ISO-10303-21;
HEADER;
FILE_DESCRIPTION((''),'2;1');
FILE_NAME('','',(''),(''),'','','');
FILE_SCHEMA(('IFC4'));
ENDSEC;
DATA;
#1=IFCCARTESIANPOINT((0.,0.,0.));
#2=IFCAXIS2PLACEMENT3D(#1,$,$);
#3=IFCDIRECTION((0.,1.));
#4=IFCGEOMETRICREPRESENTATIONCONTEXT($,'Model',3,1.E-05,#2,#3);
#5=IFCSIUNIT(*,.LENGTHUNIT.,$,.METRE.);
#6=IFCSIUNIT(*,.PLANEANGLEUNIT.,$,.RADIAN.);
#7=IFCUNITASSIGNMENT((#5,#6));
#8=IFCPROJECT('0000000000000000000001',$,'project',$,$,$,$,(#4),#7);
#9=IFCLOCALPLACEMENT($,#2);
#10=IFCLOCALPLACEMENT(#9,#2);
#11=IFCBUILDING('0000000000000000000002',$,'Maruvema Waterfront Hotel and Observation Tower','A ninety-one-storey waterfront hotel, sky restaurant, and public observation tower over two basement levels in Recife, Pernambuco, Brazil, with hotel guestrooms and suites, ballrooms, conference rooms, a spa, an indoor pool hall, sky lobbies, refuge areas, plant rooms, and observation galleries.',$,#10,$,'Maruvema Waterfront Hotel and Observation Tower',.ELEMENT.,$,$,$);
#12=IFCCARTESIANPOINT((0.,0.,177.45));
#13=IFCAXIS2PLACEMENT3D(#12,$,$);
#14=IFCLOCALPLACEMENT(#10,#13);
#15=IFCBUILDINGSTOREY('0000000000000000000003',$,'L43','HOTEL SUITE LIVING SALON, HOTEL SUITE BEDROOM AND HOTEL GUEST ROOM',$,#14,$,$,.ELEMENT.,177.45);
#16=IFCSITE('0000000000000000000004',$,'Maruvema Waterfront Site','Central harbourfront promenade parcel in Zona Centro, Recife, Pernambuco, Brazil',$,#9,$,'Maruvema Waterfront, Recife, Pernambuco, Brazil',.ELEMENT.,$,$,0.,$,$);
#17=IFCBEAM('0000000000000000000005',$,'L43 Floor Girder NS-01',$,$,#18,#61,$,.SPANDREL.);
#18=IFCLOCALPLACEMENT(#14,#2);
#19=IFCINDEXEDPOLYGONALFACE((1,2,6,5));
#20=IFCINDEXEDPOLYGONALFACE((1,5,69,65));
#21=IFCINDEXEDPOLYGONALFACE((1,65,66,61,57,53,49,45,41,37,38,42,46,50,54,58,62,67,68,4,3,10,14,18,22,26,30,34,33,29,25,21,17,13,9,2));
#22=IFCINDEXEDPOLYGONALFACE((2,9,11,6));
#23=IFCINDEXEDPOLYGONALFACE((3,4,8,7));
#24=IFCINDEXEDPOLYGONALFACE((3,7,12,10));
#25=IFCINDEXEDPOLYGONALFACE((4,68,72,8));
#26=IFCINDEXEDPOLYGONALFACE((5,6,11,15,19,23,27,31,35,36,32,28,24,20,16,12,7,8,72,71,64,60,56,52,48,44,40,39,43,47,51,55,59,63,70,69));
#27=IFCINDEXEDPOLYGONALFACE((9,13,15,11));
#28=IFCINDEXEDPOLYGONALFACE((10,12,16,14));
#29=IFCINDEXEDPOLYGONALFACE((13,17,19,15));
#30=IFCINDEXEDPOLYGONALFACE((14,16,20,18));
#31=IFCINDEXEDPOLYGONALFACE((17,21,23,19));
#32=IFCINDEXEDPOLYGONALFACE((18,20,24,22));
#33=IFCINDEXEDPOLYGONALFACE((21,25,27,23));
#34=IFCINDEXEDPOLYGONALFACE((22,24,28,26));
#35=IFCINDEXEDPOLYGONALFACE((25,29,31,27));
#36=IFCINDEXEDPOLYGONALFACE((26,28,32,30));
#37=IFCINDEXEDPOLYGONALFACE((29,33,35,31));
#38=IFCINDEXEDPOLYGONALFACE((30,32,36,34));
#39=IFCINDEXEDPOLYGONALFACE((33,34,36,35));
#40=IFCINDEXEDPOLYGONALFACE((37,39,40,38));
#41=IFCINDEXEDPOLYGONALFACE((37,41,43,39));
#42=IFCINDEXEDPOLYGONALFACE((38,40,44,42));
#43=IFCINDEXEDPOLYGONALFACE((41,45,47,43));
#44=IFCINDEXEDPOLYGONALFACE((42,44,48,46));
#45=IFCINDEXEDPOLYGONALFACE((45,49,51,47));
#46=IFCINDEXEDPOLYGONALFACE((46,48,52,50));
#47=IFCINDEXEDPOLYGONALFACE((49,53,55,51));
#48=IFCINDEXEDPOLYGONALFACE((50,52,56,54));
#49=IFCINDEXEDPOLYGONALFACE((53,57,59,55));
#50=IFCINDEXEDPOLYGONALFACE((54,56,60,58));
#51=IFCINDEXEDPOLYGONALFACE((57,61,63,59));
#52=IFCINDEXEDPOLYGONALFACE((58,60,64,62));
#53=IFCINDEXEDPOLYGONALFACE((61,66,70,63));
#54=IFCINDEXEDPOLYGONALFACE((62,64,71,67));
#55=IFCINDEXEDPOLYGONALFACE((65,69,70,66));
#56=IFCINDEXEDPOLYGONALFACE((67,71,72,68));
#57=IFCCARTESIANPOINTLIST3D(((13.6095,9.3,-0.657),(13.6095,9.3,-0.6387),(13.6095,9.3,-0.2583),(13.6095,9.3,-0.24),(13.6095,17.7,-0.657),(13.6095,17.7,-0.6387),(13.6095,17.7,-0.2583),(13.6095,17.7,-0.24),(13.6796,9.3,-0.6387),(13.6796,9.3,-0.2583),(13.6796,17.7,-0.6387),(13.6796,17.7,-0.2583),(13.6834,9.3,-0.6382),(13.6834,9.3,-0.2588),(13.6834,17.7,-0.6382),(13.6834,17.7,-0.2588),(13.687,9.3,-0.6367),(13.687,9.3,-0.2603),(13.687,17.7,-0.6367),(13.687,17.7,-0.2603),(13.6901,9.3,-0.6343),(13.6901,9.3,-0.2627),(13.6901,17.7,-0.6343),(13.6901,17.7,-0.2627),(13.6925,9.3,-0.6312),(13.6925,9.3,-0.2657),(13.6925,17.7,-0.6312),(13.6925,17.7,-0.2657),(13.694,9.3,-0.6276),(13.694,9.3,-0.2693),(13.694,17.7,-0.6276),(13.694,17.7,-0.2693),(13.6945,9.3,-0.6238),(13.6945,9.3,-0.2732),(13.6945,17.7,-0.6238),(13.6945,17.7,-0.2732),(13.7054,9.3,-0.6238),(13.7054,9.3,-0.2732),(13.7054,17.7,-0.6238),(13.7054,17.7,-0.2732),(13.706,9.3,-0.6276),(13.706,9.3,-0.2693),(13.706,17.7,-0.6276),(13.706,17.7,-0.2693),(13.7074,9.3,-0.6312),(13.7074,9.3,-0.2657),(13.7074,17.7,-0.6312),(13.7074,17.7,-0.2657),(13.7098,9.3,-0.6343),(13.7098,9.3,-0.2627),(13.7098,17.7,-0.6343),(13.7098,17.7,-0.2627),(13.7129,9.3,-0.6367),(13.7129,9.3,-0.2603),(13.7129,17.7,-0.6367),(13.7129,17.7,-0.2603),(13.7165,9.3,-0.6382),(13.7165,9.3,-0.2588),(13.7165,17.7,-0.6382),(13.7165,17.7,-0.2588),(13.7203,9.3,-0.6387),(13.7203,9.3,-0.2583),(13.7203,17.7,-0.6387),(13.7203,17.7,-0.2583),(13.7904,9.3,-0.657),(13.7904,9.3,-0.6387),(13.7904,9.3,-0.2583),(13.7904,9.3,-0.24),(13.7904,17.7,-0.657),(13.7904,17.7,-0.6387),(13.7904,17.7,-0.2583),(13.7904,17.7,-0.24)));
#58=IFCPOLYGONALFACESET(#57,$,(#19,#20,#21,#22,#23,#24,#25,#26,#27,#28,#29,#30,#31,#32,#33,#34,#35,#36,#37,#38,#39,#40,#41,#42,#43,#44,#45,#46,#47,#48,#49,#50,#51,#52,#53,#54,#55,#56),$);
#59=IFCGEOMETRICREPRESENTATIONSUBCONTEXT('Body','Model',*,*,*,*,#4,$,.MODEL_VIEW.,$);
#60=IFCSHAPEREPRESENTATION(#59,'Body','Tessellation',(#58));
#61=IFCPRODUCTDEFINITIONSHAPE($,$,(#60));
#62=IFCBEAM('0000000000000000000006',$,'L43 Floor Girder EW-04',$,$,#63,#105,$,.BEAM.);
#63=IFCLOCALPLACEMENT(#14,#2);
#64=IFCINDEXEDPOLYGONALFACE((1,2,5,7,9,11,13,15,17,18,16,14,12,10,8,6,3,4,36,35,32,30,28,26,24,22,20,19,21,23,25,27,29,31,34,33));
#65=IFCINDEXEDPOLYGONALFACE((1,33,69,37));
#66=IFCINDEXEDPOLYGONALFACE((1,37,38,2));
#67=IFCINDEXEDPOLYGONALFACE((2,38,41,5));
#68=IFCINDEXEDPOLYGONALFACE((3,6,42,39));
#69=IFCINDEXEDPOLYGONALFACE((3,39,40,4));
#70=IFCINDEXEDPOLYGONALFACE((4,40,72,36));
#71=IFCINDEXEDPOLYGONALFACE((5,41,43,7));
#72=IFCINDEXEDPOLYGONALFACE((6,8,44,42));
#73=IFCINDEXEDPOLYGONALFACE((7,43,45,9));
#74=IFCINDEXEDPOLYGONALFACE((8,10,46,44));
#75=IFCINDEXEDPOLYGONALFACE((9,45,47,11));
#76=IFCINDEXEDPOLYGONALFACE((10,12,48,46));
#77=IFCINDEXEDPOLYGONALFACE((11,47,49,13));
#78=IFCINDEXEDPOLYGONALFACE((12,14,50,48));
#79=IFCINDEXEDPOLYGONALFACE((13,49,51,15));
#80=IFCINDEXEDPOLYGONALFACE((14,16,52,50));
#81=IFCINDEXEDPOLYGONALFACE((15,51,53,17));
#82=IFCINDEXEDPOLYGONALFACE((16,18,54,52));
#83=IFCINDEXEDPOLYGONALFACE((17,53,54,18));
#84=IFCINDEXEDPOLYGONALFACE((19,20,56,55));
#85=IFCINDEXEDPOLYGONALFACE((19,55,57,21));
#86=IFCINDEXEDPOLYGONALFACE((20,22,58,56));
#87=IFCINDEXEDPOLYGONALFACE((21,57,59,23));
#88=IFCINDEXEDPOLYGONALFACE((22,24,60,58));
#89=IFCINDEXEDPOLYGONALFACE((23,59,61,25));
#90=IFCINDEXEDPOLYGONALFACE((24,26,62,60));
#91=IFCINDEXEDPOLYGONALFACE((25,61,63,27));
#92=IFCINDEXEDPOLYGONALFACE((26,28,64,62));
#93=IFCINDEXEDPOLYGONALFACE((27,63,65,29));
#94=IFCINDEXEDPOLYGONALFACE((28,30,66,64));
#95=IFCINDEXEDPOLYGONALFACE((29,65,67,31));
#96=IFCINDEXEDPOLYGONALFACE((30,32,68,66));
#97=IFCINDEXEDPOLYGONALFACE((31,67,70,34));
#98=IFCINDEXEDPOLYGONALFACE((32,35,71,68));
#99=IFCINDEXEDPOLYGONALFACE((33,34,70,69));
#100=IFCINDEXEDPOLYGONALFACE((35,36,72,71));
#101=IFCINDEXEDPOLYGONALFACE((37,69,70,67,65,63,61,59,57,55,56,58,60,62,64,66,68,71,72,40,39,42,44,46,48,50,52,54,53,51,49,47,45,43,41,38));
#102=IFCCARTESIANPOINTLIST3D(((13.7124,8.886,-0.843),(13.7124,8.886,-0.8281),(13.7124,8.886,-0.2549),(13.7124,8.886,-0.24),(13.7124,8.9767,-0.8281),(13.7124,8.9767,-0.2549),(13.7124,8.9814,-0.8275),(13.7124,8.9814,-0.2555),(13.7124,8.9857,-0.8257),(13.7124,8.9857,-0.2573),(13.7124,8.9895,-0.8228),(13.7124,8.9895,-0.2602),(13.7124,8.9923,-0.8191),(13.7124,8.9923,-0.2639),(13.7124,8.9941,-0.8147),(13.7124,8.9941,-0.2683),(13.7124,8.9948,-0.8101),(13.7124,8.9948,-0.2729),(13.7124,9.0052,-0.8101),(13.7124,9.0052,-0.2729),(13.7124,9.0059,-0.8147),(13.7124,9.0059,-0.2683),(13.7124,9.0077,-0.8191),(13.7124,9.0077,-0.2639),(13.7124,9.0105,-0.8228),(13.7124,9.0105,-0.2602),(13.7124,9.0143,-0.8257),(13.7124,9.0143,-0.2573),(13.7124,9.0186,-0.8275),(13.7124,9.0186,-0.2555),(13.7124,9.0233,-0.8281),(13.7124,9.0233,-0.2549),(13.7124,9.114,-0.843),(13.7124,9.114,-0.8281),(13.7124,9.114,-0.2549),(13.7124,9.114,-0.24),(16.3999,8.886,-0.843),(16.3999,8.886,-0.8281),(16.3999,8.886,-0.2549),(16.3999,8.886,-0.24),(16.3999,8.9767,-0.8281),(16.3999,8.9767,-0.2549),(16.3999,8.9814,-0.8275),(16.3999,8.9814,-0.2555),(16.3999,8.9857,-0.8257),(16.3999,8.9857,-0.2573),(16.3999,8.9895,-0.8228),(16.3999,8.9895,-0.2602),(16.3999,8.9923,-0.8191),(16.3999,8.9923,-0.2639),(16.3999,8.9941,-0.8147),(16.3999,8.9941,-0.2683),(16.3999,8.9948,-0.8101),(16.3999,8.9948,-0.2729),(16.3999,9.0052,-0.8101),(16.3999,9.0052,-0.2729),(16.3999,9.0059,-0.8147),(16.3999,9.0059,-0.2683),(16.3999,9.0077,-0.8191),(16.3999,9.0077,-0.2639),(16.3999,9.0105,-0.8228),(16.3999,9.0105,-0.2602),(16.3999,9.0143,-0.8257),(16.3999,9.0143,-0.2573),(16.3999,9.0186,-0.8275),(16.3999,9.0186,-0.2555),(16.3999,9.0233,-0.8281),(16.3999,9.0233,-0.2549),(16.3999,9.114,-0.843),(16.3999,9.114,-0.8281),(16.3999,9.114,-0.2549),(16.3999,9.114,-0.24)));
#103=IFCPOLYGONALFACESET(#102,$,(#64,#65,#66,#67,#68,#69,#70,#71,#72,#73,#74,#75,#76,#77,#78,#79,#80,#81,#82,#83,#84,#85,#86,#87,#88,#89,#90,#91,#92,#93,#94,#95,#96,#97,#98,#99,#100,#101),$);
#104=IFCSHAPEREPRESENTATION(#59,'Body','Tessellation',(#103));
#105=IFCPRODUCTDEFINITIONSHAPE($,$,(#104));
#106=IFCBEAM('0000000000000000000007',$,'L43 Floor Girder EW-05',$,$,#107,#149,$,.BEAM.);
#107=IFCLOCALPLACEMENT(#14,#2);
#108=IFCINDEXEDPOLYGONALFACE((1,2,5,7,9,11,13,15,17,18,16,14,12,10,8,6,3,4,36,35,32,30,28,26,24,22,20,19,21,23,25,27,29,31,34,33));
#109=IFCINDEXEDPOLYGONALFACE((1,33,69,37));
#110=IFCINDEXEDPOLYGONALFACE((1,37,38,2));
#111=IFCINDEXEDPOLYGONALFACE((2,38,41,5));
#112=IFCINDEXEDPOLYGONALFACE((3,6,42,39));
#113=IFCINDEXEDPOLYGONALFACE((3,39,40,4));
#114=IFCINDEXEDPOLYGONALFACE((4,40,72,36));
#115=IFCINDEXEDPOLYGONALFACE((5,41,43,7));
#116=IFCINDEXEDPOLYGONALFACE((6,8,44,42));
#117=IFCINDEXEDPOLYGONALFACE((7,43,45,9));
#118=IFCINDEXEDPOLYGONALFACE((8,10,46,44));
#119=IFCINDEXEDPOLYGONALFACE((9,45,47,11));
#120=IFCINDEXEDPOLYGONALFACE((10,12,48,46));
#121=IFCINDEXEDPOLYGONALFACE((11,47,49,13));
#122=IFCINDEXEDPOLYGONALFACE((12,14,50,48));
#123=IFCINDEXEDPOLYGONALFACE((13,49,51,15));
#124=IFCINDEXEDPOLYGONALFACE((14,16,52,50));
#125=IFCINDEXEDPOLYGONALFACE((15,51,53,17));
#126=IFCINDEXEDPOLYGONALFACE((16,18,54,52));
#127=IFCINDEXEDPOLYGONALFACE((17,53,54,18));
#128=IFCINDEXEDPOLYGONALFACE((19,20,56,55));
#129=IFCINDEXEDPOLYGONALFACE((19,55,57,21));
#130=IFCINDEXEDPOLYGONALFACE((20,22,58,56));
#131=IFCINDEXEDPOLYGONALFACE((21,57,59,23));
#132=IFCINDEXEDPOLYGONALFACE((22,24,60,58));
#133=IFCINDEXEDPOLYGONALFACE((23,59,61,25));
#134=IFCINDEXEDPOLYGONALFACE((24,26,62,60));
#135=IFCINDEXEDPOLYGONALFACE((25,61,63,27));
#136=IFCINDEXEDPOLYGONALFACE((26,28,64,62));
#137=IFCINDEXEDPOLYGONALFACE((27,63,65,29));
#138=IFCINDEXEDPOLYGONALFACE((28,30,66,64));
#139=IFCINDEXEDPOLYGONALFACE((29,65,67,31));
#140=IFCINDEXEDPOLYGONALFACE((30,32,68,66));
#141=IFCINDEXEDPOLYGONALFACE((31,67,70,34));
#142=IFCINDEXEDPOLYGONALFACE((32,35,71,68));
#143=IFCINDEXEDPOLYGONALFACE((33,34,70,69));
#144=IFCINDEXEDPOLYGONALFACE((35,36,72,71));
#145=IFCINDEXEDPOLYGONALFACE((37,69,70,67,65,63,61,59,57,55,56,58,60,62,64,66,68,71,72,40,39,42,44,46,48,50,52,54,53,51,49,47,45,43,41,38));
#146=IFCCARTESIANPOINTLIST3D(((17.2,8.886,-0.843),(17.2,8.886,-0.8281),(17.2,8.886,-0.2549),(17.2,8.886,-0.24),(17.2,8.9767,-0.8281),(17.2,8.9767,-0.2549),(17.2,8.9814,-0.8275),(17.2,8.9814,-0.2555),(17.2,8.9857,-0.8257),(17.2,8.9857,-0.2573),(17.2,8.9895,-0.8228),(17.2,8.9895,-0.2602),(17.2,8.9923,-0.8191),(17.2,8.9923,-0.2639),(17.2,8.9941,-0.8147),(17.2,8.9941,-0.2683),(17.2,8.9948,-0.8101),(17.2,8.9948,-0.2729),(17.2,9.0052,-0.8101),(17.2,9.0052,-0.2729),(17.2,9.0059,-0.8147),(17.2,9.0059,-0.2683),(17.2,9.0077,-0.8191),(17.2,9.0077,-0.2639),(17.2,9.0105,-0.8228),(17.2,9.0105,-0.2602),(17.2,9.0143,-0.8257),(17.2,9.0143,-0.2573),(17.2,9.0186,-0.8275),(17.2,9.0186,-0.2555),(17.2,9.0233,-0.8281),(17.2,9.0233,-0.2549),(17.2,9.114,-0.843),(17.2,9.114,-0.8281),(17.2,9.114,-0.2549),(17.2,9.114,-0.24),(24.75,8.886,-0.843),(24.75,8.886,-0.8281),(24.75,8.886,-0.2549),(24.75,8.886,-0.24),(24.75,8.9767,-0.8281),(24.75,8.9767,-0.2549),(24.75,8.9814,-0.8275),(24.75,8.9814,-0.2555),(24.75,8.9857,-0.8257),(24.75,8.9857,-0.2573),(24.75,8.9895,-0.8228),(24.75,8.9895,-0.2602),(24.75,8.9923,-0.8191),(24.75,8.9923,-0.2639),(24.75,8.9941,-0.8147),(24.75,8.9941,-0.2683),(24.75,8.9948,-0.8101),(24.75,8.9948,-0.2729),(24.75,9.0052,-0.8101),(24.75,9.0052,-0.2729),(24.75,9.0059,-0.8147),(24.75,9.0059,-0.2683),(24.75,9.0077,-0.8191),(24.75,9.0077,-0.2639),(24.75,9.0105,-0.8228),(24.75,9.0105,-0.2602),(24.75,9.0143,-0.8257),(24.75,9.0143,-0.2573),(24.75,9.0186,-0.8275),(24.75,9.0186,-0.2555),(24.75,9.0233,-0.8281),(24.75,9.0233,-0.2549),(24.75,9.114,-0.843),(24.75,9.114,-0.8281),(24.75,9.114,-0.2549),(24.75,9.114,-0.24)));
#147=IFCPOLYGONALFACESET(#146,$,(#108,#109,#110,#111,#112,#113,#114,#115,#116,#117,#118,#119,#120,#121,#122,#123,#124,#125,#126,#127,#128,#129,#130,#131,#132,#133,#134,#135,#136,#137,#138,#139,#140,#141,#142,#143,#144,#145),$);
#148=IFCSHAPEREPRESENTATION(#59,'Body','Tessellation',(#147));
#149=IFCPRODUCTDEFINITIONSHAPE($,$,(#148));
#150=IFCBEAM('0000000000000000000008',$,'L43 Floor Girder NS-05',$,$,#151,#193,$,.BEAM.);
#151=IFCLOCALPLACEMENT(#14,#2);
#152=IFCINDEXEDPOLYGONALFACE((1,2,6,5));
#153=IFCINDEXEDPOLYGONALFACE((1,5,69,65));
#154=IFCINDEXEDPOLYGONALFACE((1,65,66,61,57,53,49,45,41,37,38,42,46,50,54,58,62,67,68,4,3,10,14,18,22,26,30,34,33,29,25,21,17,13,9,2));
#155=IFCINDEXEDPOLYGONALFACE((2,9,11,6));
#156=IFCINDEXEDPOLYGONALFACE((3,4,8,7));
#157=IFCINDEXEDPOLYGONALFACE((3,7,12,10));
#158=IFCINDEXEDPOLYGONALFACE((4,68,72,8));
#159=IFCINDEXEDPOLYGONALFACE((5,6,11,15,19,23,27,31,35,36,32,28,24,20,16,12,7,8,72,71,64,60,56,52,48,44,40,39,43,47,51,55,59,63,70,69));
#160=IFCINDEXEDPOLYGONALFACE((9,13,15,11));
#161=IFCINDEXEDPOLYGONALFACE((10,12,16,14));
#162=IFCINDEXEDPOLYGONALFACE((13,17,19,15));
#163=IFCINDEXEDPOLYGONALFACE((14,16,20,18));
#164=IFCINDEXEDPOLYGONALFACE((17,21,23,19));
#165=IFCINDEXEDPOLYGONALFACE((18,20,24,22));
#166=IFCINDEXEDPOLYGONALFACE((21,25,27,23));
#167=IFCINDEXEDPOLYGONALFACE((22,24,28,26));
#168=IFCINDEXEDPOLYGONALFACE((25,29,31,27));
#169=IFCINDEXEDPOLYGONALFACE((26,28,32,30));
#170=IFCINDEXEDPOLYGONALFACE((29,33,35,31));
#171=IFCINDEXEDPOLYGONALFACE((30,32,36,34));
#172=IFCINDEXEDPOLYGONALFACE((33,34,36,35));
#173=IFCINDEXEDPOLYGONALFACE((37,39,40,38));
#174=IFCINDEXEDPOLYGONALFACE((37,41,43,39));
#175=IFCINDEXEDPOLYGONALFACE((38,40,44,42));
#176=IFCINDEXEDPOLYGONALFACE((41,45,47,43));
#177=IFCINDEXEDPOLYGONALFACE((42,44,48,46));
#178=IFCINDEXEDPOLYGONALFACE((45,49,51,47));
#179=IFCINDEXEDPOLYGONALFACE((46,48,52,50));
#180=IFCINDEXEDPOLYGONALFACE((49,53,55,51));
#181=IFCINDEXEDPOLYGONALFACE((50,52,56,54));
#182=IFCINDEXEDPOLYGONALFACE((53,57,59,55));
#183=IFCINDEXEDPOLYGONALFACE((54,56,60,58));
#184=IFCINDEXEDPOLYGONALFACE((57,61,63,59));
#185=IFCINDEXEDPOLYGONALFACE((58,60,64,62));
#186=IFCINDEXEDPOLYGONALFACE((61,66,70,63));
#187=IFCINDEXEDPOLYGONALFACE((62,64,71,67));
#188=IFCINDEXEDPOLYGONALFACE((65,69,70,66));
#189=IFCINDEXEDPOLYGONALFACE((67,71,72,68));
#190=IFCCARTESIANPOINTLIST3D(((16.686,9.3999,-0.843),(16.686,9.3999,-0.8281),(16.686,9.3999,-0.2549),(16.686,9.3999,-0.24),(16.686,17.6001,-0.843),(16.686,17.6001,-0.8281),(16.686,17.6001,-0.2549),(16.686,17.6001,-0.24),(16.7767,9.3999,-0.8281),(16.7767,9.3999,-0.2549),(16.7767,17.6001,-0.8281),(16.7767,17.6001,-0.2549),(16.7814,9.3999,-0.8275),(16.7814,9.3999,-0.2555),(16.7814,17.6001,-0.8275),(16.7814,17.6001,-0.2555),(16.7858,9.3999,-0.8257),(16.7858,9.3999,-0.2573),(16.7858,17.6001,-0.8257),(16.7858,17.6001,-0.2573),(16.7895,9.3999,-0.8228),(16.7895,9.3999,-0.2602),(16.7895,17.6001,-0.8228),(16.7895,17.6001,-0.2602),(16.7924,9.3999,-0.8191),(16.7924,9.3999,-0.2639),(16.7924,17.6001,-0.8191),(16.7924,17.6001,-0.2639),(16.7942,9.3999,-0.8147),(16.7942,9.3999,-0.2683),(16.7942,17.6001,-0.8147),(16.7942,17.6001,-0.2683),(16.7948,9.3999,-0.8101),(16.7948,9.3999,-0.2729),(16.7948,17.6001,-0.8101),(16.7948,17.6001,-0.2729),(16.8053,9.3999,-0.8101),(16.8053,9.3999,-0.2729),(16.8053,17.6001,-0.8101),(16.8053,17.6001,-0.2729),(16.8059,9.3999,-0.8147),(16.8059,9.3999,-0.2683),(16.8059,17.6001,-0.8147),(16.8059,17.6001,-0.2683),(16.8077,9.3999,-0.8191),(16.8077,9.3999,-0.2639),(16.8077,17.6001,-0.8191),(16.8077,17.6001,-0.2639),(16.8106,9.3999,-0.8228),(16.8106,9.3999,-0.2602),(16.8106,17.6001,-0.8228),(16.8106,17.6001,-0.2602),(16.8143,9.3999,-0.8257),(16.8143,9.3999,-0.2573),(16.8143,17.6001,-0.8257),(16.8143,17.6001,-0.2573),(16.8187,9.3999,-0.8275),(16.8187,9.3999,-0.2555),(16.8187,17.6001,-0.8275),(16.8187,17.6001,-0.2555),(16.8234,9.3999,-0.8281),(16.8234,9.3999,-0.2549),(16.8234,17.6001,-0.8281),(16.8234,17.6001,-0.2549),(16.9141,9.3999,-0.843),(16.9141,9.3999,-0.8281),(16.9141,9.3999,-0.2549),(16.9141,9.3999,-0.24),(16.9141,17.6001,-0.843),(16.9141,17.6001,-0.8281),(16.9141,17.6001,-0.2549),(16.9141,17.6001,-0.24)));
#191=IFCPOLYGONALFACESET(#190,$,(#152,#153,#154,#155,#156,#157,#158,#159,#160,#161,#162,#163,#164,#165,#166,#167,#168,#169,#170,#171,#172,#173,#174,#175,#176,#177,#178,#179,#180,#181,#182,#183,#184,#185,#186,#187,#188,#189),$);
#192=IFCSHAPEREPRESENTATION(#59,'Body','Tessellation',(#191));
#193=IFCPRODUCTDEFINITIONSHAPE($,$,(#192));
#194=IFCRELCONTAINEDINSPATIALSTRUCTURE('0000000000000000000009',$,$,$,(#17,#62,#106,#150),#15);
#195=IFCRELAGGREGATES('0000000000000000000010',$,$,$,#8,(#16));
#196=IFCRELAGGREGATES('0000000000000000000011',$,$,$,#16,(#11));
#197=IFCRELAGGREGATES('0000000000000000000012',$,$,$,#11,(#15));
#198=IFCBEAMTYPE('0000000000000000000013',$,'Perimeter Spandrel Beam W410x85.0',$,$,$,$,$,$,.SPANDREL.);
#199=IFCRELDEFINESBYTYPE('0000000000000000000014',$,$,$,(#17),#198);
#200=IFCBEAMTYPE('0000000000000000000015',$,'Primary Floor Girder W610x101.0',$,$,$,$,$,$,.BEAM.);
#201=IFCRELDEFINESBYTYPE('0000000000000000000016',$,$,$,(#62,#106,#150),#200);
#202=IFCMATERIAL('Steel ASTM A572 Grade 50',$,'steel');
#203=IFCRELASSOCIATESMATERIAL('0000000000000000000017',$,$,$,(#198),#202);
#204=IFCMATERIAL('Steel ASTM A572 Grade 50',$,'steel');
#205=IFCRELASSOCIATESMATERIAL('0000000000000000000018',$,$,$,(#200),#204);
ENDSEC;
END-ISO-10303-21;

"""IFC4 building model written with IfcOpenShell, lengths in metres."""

from ifc_helpers import new_model, si_unit, direction, frame, origin, origin_2d, place, context, subcontext, project, spatial, i_section, extrude, material, material_profile, profile_set, type_object, element, save


model = new_model("IFC4")

# Units and contexts
model_context = context("Model", 3, precision=1e-05, world=origin(), true_north=direction((0.0, 1.0)))
body_context = subcontext(model_context, "Body", "Model", "MODEL_VIEW")
ifc_project = project(units=[si_unit("LENGTHUNIT", "METRE"), si_unit("PLANEANGLEUNIT", "RADIAN")], contexts=[model_context])

# Site, building, storey
site_placement = place(None, origin())
site = spatial("IfcSite", under=ifc_project, at=site_placement, Name="Maruvema Waterfront Site", Description="Central harbourfront promenade parcel in Zona Centro, Recife, Pernambuco, Brazil", LongName="Maruvema Waterfront, Recife, Pernambuco, Brazil", CompositionType="ELEMENT", RefElevation=0.0)
building_placement = place(site_placement, origin())
building = spatial("IfcBuilding", under=site, at=building_placement, Name="Maruvema Waterfront Hotel and Observation Tower", Description="A ninety-one-storey waterfront hotel, sky restaurant, and public observation tower over two basement levels in Recife, Pernambuco, Brazil, with hotel guestrooms and suites, ballrooms, conference rooms, a spa, an indoor pool hall, sky lobbies, refuge areas, plant rooms, and observation galleries.", LongName="Maruvema Waterfront Hotel and Observation Tower", CompositionType="ELEMENT")
storey_placement = place(building_placement, frame((0.0, 0.0, 177.45)))
storey = spatial("IfcBuildingStorey", under=building, at=storey_placement, Name="L43", Description="HOTEL SUITE LIVING SALON, HOTEL SUITE BEDROOM AND HOTEL GUEST ROOM", CompositionType="ELEMENT", Elevation=177.45)

# Beams
ifc_material_1 = material(Name="Steel ASTM A572 Grade 50", Category="steel")
ifc_material_profile_1 = material_profile(ifc_material_1, i_section(OverallWidth=0.1809, OverallDepth=0.417, WebThickness=0.011, FlangeThickness=0.0183, FilletRadius=0.0149, at=origin_2d()), Name="W410x85.0")
ifc_profile_set_1 = profile_set([ifc_material_profile_1], Name="Steel ASTM A572 Grade 50")
beam_type_1 = type_object("IfcBeamType", Name="Perimeter Spandrel Beam W410x85.0", PredefinedType="SPANDREL", material=ifc_profile_set_1)
beam_1_placement = place(storey_placement, frame((13.7, 9.3, -0.4485), z_axis=(0.0, 1.0, 0.0), x_axis=(-1.0, 0.0, 0.0)))
element("IfcBeam", 1, at=beam_1_placement, inside=storey, type_object=beam_type_1, Name="L43 Floor Girder NS-01", PredefinedType="SPANDREL", context=body_context, shape_type="SweptSolid", body=[
    extrude(i_section(OverallWidth=0.1809, OverallDepth=0.417, WebThickness=0.011, FlangeThickness=0.0183, FilletRadius=0.0149, at=origin_2d()), origin(), (0.0, 0.0, 1.0), 8.3999),
])
ifc_material_2 = material(Name="Steel ASTM A572 Grade 50", Category="steel")
ifc_material_profile_2 = material_profile(ifc_material_2, i_section(OverallWidth=0.228, OverallDepth=0.603, WebThickness=0.0105, FlangeThickness=0.0149, FilletRadius=0.0181, at=origin_2d()), Name="W610x101.0")
ifc_profile_set_2 = profile_set([ifc_material_profile_2], Name="Steel ASTM A572 Grade 50")
beam_type_2 = type_object("IfcBeamType", Name="Primary Floor Girder W610x101.0", PredefinedType="BEAM", material=ifc_profile_set_2)
beam_2_placement = place(storey_placement, frame((13.7124, 9.0, -0.5415), z_axis=(1.0, 0.0, 0.0), x_axis=(0.0, 1.0, 0.0)))
element("IfcBeam", 2, at=beam_2_placement, inside=storey, type_object=beam_type_2, Name="L43 Floor Girder EW-04", PredefinedType="BEAM", context=body_context, shape_type="SweptSolid", body=[
    extrude(i_section(OverallWidth=0.228, OverallDepth=0.603, WebThickness=0.0105, FlangeThickness=0.0149, FilletRadius=0.0181, at=origin_2d()), origin(), (0.0, 0.0, 1.0), 2.6875),
])
beam_3_placement = place(storey_placement, frame((17.2, 9.0, -0.5415), z_axis=(1.0, 0.0, 0.0), x_axis=(0.0, 1.0, 0.0)))
element("IfcBeam", 3, at=beam_3_placement, inside=storey, type_object=beam_type_2, Name="L43 Floor Girder EW-05", PredefinedType="BEAM", context=body_context, shape_type="SweptSolid", body=[
    extrude(i_section(OverallWidth=0.228, OverallDepth=0.603, WebThickness=0.0105, FlangeThickness=0.0149, FilletRadius=0.0181, at=origin_2d()), origin(), (0.0, 0.0, 1.0), 7.55),
])
beam_4_placement = place(storey_placement, frame((16.8, 9.3999, -0.5415), z_axis=(0.0, 1.0, 0.0), x_axis=(-1.0, 0.0, 0.0)))
element("IfcBeam", 4, at=beam_4_placement, inside=storey, type_object=beam_type_2, Name="L43 Floor Girder NS-05", PredefinedType="BEAM", context=body_context, shape_type="SweptSolid", body=[
    extrude(i_section(OverallWidth=0.228, OverallDepth=0.603, WebThickness=0.0105, FlangeThickness=0.0149, FilletRadius=0.0181, at=origin_2d()), origin(), (0.0, 0.0, 1.0), 8.2002),
])

save(model, "model.ifc")
